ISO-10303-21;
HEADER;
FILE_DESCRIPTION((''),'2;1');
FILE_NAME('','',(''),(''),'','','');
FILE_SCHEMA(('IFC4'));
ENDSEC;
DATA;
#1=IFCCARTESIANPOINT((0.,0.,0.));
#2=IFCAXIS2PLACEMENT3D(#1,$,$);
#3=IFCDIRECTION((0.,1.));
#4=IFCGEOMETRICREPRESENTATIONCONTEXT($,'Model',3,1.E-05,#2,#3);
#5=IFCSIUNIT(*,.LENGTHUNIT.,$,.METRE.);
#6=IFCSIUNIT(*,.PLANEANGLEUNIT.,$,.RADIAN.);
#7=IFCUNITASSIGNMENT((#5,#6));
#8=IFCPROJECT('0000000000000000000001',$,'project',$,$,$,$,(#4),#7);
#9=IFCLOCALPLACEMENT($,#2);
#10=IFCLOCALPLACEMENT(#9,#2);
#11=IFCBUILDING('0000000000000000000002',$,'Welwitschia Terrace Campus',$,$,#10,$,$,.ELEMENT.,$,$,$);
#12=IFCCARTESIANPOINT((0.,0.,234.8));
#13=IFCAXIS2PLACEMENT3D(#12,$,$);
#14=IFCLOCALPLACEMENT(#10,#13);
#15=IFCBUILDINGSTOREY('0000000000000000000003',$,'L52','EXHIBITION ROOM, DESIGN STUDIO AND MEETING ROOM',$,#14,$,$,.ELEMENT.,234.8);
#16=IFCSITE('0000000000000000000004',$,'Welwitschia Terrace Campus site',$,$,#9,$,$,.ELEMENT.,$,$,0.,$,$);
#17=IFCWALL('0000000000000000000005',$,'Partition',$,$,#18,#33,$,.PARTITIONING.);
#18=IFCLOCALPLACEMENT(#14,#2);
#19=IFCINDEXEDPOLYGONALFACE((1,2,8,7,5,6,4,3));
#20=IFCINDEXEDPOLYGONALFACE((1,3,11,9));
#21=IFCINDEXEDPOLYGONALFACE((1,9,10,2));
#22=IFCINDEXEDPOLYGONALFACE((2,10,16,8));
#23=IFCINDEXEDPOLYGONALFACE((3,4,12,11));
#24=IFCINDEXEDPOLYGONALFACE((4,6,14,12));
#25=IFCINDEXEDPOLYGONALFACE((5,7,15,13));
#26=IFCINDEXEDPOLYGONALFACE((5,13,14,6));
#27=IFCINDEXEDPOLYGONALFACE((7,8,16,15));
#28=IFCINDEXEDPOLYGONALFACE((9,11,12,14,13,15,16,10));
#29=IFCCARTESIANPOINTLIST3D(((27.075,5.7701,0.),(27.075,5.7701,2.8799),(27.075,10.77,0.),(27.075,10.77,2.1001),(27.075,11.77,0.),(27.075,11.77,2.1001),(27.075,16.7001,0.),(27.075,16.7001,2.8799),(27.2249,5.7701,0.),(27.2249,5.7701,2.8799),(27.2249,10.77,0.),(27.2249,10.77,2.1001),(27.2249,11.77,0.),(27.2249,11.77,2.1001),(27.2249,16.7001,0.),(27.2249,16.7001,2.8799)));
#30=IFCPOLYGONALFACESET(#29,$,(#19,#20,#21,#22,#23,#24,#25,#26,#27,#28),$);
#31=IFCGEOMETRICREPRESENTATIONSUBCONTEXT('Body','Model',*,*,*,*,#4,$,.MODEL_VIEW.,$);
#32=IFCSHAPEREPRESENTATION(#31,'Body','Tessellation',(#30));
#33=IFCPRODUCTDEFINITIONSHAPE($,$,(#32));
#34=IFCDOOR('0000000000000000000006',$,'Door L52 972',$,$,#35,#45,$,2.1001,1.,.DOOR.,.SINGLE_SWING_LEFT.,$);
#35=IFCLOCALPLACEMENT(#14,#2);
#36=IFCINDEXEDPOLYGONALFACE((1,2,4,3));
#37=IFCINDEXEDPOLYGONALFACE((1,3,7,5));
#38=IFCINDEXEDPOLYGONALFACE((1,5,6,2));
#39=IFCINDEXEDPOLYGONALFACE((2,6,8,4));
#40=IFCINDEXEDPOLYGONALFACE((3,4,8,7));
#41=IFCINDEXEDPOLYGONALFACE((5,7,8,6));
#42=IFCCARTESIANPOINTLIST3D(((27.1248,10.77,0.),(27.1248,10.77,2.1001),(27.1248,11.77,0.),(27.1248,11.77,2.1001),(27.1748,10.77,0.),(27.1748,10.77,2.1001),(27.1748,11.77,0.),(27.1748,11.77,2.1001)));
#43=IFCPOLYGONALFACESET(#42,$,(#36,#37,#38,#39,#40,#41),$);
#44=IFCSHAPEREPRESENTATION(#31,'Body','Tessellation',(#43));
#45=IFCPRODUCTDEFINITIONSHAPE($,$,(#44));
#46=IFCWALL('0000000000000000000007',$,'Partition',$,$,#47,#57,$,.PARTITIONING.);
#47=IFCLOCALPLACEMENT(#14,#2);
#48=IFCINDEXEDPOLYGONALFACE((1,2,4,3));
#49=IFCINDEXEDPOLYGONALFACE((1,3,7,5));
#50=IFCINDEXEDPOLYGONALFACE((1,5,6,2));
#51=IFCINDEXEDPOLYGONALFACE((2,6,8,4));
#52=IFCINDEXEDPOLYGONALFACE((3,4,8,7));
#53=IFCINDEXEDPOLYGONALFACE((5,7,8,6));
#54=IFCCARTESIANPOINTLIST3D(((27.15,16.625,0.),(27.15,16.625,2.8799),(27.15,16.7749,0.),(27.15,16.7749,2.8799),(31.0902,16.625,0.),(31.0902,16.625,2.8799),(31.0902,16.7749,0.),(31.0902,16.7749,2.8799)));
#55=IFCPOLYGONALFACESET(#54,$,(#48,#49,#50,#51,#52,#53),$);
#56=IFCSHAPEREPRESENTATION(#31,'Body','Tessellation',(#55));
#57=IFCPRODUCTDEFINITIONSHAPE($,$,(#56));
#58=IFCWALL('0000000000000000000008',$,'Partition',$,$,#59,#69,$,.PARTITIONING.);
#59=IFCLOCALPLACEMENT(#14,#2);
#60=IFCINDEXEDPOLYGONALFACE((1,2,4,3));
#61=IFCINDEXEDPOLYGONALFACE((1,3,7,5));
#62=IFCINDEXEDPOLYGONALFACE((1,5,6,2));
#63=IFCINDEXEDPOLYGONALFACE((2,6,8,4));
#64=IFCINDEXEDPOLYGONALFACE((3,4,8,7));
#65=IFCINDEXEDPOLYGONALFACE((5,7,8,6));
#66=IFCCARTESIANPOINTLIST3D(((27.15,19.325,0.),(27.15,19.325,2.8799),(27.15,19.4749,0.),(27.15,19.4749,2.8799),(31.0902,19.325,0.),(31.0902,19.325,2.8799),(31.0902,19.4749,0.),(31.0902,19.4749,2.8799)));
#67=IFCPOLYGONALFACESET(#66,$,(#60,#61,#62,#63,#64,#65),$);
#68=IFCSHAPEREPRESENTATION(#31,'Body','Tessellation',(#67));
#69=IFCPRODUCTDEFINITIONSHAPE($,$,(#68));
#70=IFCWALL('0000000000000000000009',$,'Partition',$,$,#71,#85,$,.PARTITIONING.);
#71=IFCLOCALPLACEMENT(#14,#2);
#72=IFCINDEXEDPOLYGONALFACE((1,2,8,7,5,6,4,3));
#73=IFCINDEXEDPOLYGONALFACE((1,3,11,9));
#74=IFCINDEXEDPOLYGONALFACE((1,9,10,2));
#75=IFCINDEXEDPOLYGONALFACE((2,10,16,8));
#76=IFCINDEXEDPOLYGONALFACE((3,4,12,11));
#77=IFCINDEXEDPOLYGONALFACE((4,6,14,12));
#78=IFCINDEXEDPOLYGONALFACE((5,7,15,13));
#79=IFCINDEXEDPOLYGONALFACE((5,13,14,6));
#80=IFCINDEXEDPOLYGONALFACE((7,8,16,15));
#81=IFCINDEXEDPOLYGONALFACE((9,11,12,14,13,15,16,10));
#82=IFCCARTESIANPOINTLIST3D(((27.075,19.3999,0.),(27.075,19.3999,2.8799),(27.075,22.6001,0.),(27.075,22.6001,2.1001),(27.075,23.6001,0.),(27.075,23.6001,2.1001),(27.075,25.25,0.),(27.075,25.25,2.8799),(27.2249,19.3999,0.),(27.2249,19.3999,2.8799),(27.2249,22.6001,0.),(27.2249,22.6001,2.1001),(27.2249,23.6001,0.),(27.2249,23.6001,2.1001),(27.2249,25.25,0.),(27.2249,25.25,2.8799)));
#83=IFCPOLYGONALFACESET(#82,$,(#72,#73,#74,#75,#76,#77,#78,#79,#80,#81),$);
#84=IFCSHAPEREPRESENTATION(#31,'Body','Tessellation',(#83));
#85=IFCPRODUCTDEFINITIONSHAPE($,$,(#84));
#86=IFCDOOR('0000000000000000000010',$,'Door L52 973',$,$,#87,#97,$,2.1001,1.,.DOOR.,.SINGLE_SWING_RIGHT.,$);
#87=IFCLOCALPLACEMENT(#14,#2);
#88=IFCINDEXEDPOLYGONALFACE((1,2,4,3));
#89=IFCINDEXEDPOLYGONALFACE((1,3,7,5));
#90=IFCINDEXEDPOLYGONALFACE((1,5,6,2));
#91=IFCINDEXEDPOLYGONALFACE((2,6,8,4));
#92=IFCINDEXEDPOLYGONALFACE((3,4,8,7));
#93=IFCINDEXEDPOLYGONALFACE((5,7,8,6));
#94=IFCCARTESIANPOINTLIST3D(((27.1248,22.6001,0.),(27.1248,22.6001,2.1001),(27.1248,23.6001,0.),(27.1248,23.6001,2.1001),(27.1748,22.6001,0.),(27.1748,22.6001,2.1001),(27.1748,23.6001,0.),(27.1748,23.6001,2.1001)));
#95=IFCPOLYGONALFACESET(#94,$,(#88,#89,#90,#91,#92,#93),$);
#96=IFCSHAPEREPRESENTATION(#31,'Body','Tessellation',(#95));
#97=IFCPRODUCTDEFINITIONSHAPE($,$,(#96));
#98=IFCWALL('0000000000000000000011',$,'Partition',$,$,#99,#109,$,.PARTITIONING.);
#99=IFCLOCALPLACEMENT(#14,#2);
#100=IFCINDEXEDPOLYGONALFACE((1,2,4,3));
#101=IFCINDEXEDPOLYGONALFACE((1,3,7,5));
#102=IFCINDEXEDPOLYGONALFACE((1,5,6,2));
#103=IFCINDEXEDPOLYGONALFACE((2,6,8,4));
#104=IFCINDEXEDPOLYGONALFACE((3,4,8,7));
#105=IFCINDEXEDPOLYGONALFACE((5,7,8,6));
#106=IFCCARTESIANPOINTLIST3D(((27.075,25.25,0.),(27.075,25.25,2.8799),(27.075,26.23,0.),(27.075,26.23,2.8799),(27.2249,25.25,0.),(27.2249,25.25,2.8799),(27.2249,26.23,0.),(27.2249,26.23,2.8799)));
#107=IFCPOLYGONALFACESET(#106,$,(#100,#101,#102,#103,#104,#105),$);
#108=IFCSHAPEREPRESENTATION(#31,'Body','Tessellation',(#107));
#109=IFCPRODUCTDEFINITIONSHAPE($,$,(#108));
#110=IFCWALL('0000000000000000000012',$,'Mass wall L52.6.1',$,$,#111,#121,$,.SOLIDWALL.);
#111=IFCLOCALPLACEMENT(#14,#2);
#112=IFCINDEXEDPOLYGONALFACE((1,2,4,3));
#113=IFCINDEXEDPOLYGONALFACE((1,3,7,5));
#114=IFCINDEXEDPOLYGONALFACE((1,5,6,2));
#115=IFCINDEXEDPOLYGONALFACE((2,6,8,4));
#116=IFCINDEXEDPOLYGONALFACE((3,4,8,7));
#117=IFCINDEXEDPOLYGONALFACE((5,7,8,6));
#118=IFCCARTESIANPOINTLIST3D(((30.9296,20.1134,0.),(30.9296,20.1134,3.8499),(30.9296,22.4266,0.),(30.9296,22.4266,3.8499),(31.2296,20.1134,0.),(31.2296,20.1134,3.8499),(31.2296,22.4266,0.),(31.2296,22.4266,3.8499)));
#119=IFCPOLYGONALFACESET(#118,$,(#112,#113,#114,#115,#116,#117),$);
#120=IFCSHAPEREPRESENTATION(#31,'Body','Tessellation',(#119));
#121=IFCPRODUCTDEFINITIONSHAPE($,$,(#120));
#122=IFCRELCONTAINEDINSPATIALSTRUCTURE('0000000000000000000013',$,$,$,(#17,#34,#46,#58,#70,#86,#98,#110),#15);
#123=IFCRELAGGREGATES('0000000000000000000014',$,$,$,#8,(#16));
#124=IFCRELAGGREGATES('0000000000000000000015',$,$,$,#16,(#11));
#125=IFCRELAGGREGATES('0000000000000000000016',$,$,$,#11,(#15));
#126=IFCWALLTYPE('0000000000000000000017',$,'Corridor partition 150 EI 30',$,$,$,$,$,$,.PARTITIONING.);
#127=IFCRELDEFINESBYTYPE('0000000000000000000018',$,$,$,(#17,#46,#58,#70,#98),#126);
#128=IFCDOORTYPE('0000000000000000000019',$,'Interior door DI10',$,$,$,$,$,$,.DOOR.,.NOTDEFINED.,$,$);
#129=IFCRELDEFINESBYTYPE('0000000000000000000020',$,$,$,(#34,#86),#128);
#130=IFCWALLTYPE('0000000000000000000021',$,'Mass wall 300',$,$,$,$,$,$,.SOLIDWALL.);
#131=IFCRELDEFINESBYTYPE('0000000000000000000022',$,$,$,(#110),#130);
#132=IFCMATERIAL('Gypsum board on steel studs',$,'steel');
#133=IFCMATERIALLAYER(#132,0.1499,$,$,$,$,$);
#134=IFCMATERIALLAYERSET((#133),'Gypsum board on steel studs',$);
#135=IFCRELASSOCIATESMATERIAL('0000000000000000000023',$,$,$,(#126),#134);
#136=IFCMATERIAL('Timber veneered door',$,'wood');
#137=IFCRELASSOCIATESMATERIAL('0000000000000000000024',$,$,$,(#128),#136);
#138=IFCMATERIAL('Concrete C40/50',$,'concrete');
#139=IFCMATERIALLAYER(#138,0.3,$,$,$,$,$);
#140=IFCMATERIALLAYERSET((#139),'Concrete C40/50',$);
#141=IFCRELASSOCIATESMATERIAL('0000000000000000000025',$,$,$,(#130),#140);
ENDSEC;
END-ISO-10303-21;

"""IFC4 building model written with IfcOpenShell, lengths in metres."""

from ifc_helpers import new_model, si_unit, direction, frame, frame_2d, origin, place, context, subcontext, project, spatial, rectangle, extrude, material, layer, layer_set, type_object, element, fill, save


model = new_model("IFC4")

# Units and contexts
model_context = context("Model", 3, precision=1e-05, world=origin(), true_north=direction((0.0, 1.0)))
body_context = subcontext(model_context, "Body", "Model", "MODEL_VIEW")
ifc_project = project(units=[si_unit("LENGTHUNIT", "METRE"), si_unit("PLANEANGLEUNIT", "RADIAN")], contexts=[model_context])

# Site, building, storey
site_placement = place(None, origin())
site = spatial("IfcSite", under=ifc_project, at=site_placement, Name="Welwitschia Terrace Campus site", CompositionType="ELEMENT", RefElevation=0.0)
building_placement = place(site_placement, origin())
building = spatial("IfcBuilding", under=site, at=building_placement, Name="Welwitschia Terrace Campus", CompositionType="ELEMENT")
storey_placement = place(building_placement, frame((0.0, 0.0, 234.8)))
storey = spatial("IfcBuildingStorey", under=building, at=storey_placement, Name="L52", Description="EXHIBITION ROOM, DESIGN STUDIO AND MEETING ROOM", CompositionType="ELEMENT", Elevation=234.8)

# Wall, opening, door
ifc_material_1 = material(Name="Gypsum board on steel studs", Category="steel")
ifc_layer_1 = layer(ifc_material_1, 0.1499)
ifc_layer_set_1 = layer_set([ifc_layer_1], Name="Gypsum board on steel studs")
wall_type_1 = type_object("IfcWallType", Name="Corridor partition 150 EI 30", PredefinedType="PARTITIONING", material=ifc_layer_set_1)
wall_1_placement = place(storey_placement, frame((27.1499, 16.7, 0.0), z_axis=(0.0, 0.0, 1.0), x_axis=(0.0, -1.0, 0.0)))
wall_1 = element("IfcWall", 1, at=wall_1_placement, inside=storey, type_object=wall_type_1, Name="Partition", PredefinedType="PARTITIONING", context=body_context, shape_type="SweptSolid", body=[
    extrude(rectangle(XDim=10.9299, YDim=0.1499, at=frame_2d((5.4648, 0.0))), origin(), (0.0, 0.0, 1.0), 2.8799),
])
opening_1_placement = place(wall_1_placement, frame((4.9299, 0.0, 0.0)))
opening_1 = element("IfcOpeningElement", 2, at=opening_1_placement, cuts=wall_1, PredefinedType="OPENING", context=body_context, shape_type="SweptSolid", body=[
    extrude(rectangle(XDim=1.0, YDim=2.1001, at=frame_2d((0.5, 1.05))), frame((0.0, 0.085, 0.0), z_axis=(0.0, -1.0, 0.0), x_axis=(1.0, 0.0, 0.0)), (0.0, 0.0, 1.0), 0.1699),
])
ifc_material_2 = material(Name="Timber veneered door", Category="wood")
door_type = type_object("IfcDoorType", Name="Interior door DI10", OperationType="NOTDEFINED", PredefinedType="DOOR", material=ifc_material_2)
door_1_placement = place(opening_1_placement, origin())
door_1 = element("IfcDoor", 3, at=door_1_placement, inside=storey, type_object=door_type, Name="Door L52 972", OperationType="SINGLE_SWING_LEFT", OverallHeight=2.1001, OverallWidth=1.0, PredefinedType="DOOR", context=body_context, shape_type="SweptSolid", body=[
    extrude(rectangle(XDim=1.0, YDim=2.1001, at=frame_2d((0.5, 1.05))), frame((0.0, 0.0249, 0.0), z_axis=(0.0, -1.0, 0.0), x_axis=(1.0, 0.0, 0.0)), (0.0, 0.0, 1.0), 0.05),
])
fill(opening_1, door_1)

# Walls
for number, where, z_axis, x_axis, name in (
    (4, (27.1499, 16.7, 0.0), (0.0, 0.0, 1.0), (1.0, 0.0, 0.0), "Partition"),
    (5, (27.1499, 19.3999, 0.0), (0.0, 0.0, 1.0), (1.0, 0.0, 0.0), "Partition"),
):
    element("IfcWall", number, at=place(storey_placement, frame(where, z_axis=z_axis, x_axis=x_axis)), inside=storey, type_object=wall_type_1, Name=name, PredefinedType="PARTITIONING", context=body_context, shape_type="SweptSolid", body=[
        extrude(rectangle(XDim=3.9402, YDim=0.1499, at=frame_2d((1.9702, 0.0))), origin(), (0.0, 0.0, 1.0), 2.8799),
    ])

# Wall, opening, door
wall_2_placement = place(storey_placement, frame((27.1499, 25.25, 0.0), z_axis=(0.0, 0.0, 1.0), x_axis=(0.0, -1.0, 0.0)))
wall_2 = element("IfcWall", 6, at=wall_2_placement, inside=storey, type_object=wall_type_1, Name="Partition", PredefinedType="PARTITIONING", context=body_context, shape_type="SweptSolid", body=[
    extrude(rectangle(XDim=5.8501, YDim=0.1499, at=frame_2d((2.925, 0.0))), origin(), (0.0, 0.0, 1.0), 2.8799),
])
opening_2_placement = place(wall_2_placement, frame((1.6499, 0.0, 0.0)))
opening_2 = element("IfcOpeningElement", 7, at=opening_2_placement, cuts=wall_2, PredefinedType="OPENING", context=body_context, shape_type="SweptSolid", body=[
    extrude(rectangle(XDim=1.0, YDim=2.1001, at=frame_2d((0.5, 1.05))), frame((0.0, 0.085, 0.0), z_axis=(0.0, -1.0, 0.0), x_axis=(1.0, 0.0, 0.0)), (0.0, 0.0, 1.0), 0.1699),
])
door_2_placement = place(opening_2_placement, origin())
door_2 = element("IfcDoor", 8, at=door_2_placement, inside=storey, type_object=door_type, Name="Door L52 973", OperationType="SINGLE_SWING_RIGHT", OverallHeight=2.1001, OverallWidth=1.0, PredefinedType="DOOR", context=body_context, shape_type="SweptSolid", body=[
    extrude(rectangle(XDim=1.0, YDim=2.1001, at=frame_2d((0.5, 1.05))), frame((0.0, 0.0249, 0.0), z_axis=(0.0, -1.0, 0.0), x_axis=(1.0, 0.0, 0.0)), (0.0, 0.0, 1.0), 0.05),
])
fill(opening_2, door_2)

# Walls
wall_3_placement = place(storey_placement, frame((27.1499, 25.25, 0.0), z_axis=(0.0, 0.0, 1.0), x_axis=(0.0, 1.0, 0.0)))
element("IfcWall", 9, at=wall_3_placement, inside=storey, type_object=wall_type_1, Name="Partition", PredefinedType="PARTITIONING", context=body_context, shape_type="SweptSolid", body=[
    extrude(rectangle(XDim=0.98, YDim=0.1499, at=frame_2d((0.49, 0.0))), origin(), (0.0, 0.0, 1.0), 2.8799),
])
ifc_material_3 = material(Name="Concrete C40/50", Category="concrete")
ifc_layer_2 = layer(ifc_material_3, 0.3)
ifc_layer_set_2 = layer_set([ifc_layer_2], Name="Concrete C40/50")
wall_type_2 = type_object("IfcWallType", Name="Mass wall 300", PredefinedType="SOLIDWALL", material=ifc_layer_set_2)
wall_4_placement = place(storey_placement, frame((31.0796, 20.1133, 0.0), z_axis=(0.0, 0.0, 1.0), x_axis=(0.0, 1.0, 0.0)))
element("IfcWall", 10, at=wall_4_placement, inside=storey, type_object=wall_type_2, Name="Mass wall L52.6.1", PredefinedType="SOLIDWALL", context=body_context, shape_type="SweptSolid", body=[
    extrude(rectangle(XDim=2.3132, YDim=0.3, at=frame_2d((1.1567, 0.0))), origin(), (0.0, 0.0, 1.0), 3.8499),
])

save(model, "model.ifc")
